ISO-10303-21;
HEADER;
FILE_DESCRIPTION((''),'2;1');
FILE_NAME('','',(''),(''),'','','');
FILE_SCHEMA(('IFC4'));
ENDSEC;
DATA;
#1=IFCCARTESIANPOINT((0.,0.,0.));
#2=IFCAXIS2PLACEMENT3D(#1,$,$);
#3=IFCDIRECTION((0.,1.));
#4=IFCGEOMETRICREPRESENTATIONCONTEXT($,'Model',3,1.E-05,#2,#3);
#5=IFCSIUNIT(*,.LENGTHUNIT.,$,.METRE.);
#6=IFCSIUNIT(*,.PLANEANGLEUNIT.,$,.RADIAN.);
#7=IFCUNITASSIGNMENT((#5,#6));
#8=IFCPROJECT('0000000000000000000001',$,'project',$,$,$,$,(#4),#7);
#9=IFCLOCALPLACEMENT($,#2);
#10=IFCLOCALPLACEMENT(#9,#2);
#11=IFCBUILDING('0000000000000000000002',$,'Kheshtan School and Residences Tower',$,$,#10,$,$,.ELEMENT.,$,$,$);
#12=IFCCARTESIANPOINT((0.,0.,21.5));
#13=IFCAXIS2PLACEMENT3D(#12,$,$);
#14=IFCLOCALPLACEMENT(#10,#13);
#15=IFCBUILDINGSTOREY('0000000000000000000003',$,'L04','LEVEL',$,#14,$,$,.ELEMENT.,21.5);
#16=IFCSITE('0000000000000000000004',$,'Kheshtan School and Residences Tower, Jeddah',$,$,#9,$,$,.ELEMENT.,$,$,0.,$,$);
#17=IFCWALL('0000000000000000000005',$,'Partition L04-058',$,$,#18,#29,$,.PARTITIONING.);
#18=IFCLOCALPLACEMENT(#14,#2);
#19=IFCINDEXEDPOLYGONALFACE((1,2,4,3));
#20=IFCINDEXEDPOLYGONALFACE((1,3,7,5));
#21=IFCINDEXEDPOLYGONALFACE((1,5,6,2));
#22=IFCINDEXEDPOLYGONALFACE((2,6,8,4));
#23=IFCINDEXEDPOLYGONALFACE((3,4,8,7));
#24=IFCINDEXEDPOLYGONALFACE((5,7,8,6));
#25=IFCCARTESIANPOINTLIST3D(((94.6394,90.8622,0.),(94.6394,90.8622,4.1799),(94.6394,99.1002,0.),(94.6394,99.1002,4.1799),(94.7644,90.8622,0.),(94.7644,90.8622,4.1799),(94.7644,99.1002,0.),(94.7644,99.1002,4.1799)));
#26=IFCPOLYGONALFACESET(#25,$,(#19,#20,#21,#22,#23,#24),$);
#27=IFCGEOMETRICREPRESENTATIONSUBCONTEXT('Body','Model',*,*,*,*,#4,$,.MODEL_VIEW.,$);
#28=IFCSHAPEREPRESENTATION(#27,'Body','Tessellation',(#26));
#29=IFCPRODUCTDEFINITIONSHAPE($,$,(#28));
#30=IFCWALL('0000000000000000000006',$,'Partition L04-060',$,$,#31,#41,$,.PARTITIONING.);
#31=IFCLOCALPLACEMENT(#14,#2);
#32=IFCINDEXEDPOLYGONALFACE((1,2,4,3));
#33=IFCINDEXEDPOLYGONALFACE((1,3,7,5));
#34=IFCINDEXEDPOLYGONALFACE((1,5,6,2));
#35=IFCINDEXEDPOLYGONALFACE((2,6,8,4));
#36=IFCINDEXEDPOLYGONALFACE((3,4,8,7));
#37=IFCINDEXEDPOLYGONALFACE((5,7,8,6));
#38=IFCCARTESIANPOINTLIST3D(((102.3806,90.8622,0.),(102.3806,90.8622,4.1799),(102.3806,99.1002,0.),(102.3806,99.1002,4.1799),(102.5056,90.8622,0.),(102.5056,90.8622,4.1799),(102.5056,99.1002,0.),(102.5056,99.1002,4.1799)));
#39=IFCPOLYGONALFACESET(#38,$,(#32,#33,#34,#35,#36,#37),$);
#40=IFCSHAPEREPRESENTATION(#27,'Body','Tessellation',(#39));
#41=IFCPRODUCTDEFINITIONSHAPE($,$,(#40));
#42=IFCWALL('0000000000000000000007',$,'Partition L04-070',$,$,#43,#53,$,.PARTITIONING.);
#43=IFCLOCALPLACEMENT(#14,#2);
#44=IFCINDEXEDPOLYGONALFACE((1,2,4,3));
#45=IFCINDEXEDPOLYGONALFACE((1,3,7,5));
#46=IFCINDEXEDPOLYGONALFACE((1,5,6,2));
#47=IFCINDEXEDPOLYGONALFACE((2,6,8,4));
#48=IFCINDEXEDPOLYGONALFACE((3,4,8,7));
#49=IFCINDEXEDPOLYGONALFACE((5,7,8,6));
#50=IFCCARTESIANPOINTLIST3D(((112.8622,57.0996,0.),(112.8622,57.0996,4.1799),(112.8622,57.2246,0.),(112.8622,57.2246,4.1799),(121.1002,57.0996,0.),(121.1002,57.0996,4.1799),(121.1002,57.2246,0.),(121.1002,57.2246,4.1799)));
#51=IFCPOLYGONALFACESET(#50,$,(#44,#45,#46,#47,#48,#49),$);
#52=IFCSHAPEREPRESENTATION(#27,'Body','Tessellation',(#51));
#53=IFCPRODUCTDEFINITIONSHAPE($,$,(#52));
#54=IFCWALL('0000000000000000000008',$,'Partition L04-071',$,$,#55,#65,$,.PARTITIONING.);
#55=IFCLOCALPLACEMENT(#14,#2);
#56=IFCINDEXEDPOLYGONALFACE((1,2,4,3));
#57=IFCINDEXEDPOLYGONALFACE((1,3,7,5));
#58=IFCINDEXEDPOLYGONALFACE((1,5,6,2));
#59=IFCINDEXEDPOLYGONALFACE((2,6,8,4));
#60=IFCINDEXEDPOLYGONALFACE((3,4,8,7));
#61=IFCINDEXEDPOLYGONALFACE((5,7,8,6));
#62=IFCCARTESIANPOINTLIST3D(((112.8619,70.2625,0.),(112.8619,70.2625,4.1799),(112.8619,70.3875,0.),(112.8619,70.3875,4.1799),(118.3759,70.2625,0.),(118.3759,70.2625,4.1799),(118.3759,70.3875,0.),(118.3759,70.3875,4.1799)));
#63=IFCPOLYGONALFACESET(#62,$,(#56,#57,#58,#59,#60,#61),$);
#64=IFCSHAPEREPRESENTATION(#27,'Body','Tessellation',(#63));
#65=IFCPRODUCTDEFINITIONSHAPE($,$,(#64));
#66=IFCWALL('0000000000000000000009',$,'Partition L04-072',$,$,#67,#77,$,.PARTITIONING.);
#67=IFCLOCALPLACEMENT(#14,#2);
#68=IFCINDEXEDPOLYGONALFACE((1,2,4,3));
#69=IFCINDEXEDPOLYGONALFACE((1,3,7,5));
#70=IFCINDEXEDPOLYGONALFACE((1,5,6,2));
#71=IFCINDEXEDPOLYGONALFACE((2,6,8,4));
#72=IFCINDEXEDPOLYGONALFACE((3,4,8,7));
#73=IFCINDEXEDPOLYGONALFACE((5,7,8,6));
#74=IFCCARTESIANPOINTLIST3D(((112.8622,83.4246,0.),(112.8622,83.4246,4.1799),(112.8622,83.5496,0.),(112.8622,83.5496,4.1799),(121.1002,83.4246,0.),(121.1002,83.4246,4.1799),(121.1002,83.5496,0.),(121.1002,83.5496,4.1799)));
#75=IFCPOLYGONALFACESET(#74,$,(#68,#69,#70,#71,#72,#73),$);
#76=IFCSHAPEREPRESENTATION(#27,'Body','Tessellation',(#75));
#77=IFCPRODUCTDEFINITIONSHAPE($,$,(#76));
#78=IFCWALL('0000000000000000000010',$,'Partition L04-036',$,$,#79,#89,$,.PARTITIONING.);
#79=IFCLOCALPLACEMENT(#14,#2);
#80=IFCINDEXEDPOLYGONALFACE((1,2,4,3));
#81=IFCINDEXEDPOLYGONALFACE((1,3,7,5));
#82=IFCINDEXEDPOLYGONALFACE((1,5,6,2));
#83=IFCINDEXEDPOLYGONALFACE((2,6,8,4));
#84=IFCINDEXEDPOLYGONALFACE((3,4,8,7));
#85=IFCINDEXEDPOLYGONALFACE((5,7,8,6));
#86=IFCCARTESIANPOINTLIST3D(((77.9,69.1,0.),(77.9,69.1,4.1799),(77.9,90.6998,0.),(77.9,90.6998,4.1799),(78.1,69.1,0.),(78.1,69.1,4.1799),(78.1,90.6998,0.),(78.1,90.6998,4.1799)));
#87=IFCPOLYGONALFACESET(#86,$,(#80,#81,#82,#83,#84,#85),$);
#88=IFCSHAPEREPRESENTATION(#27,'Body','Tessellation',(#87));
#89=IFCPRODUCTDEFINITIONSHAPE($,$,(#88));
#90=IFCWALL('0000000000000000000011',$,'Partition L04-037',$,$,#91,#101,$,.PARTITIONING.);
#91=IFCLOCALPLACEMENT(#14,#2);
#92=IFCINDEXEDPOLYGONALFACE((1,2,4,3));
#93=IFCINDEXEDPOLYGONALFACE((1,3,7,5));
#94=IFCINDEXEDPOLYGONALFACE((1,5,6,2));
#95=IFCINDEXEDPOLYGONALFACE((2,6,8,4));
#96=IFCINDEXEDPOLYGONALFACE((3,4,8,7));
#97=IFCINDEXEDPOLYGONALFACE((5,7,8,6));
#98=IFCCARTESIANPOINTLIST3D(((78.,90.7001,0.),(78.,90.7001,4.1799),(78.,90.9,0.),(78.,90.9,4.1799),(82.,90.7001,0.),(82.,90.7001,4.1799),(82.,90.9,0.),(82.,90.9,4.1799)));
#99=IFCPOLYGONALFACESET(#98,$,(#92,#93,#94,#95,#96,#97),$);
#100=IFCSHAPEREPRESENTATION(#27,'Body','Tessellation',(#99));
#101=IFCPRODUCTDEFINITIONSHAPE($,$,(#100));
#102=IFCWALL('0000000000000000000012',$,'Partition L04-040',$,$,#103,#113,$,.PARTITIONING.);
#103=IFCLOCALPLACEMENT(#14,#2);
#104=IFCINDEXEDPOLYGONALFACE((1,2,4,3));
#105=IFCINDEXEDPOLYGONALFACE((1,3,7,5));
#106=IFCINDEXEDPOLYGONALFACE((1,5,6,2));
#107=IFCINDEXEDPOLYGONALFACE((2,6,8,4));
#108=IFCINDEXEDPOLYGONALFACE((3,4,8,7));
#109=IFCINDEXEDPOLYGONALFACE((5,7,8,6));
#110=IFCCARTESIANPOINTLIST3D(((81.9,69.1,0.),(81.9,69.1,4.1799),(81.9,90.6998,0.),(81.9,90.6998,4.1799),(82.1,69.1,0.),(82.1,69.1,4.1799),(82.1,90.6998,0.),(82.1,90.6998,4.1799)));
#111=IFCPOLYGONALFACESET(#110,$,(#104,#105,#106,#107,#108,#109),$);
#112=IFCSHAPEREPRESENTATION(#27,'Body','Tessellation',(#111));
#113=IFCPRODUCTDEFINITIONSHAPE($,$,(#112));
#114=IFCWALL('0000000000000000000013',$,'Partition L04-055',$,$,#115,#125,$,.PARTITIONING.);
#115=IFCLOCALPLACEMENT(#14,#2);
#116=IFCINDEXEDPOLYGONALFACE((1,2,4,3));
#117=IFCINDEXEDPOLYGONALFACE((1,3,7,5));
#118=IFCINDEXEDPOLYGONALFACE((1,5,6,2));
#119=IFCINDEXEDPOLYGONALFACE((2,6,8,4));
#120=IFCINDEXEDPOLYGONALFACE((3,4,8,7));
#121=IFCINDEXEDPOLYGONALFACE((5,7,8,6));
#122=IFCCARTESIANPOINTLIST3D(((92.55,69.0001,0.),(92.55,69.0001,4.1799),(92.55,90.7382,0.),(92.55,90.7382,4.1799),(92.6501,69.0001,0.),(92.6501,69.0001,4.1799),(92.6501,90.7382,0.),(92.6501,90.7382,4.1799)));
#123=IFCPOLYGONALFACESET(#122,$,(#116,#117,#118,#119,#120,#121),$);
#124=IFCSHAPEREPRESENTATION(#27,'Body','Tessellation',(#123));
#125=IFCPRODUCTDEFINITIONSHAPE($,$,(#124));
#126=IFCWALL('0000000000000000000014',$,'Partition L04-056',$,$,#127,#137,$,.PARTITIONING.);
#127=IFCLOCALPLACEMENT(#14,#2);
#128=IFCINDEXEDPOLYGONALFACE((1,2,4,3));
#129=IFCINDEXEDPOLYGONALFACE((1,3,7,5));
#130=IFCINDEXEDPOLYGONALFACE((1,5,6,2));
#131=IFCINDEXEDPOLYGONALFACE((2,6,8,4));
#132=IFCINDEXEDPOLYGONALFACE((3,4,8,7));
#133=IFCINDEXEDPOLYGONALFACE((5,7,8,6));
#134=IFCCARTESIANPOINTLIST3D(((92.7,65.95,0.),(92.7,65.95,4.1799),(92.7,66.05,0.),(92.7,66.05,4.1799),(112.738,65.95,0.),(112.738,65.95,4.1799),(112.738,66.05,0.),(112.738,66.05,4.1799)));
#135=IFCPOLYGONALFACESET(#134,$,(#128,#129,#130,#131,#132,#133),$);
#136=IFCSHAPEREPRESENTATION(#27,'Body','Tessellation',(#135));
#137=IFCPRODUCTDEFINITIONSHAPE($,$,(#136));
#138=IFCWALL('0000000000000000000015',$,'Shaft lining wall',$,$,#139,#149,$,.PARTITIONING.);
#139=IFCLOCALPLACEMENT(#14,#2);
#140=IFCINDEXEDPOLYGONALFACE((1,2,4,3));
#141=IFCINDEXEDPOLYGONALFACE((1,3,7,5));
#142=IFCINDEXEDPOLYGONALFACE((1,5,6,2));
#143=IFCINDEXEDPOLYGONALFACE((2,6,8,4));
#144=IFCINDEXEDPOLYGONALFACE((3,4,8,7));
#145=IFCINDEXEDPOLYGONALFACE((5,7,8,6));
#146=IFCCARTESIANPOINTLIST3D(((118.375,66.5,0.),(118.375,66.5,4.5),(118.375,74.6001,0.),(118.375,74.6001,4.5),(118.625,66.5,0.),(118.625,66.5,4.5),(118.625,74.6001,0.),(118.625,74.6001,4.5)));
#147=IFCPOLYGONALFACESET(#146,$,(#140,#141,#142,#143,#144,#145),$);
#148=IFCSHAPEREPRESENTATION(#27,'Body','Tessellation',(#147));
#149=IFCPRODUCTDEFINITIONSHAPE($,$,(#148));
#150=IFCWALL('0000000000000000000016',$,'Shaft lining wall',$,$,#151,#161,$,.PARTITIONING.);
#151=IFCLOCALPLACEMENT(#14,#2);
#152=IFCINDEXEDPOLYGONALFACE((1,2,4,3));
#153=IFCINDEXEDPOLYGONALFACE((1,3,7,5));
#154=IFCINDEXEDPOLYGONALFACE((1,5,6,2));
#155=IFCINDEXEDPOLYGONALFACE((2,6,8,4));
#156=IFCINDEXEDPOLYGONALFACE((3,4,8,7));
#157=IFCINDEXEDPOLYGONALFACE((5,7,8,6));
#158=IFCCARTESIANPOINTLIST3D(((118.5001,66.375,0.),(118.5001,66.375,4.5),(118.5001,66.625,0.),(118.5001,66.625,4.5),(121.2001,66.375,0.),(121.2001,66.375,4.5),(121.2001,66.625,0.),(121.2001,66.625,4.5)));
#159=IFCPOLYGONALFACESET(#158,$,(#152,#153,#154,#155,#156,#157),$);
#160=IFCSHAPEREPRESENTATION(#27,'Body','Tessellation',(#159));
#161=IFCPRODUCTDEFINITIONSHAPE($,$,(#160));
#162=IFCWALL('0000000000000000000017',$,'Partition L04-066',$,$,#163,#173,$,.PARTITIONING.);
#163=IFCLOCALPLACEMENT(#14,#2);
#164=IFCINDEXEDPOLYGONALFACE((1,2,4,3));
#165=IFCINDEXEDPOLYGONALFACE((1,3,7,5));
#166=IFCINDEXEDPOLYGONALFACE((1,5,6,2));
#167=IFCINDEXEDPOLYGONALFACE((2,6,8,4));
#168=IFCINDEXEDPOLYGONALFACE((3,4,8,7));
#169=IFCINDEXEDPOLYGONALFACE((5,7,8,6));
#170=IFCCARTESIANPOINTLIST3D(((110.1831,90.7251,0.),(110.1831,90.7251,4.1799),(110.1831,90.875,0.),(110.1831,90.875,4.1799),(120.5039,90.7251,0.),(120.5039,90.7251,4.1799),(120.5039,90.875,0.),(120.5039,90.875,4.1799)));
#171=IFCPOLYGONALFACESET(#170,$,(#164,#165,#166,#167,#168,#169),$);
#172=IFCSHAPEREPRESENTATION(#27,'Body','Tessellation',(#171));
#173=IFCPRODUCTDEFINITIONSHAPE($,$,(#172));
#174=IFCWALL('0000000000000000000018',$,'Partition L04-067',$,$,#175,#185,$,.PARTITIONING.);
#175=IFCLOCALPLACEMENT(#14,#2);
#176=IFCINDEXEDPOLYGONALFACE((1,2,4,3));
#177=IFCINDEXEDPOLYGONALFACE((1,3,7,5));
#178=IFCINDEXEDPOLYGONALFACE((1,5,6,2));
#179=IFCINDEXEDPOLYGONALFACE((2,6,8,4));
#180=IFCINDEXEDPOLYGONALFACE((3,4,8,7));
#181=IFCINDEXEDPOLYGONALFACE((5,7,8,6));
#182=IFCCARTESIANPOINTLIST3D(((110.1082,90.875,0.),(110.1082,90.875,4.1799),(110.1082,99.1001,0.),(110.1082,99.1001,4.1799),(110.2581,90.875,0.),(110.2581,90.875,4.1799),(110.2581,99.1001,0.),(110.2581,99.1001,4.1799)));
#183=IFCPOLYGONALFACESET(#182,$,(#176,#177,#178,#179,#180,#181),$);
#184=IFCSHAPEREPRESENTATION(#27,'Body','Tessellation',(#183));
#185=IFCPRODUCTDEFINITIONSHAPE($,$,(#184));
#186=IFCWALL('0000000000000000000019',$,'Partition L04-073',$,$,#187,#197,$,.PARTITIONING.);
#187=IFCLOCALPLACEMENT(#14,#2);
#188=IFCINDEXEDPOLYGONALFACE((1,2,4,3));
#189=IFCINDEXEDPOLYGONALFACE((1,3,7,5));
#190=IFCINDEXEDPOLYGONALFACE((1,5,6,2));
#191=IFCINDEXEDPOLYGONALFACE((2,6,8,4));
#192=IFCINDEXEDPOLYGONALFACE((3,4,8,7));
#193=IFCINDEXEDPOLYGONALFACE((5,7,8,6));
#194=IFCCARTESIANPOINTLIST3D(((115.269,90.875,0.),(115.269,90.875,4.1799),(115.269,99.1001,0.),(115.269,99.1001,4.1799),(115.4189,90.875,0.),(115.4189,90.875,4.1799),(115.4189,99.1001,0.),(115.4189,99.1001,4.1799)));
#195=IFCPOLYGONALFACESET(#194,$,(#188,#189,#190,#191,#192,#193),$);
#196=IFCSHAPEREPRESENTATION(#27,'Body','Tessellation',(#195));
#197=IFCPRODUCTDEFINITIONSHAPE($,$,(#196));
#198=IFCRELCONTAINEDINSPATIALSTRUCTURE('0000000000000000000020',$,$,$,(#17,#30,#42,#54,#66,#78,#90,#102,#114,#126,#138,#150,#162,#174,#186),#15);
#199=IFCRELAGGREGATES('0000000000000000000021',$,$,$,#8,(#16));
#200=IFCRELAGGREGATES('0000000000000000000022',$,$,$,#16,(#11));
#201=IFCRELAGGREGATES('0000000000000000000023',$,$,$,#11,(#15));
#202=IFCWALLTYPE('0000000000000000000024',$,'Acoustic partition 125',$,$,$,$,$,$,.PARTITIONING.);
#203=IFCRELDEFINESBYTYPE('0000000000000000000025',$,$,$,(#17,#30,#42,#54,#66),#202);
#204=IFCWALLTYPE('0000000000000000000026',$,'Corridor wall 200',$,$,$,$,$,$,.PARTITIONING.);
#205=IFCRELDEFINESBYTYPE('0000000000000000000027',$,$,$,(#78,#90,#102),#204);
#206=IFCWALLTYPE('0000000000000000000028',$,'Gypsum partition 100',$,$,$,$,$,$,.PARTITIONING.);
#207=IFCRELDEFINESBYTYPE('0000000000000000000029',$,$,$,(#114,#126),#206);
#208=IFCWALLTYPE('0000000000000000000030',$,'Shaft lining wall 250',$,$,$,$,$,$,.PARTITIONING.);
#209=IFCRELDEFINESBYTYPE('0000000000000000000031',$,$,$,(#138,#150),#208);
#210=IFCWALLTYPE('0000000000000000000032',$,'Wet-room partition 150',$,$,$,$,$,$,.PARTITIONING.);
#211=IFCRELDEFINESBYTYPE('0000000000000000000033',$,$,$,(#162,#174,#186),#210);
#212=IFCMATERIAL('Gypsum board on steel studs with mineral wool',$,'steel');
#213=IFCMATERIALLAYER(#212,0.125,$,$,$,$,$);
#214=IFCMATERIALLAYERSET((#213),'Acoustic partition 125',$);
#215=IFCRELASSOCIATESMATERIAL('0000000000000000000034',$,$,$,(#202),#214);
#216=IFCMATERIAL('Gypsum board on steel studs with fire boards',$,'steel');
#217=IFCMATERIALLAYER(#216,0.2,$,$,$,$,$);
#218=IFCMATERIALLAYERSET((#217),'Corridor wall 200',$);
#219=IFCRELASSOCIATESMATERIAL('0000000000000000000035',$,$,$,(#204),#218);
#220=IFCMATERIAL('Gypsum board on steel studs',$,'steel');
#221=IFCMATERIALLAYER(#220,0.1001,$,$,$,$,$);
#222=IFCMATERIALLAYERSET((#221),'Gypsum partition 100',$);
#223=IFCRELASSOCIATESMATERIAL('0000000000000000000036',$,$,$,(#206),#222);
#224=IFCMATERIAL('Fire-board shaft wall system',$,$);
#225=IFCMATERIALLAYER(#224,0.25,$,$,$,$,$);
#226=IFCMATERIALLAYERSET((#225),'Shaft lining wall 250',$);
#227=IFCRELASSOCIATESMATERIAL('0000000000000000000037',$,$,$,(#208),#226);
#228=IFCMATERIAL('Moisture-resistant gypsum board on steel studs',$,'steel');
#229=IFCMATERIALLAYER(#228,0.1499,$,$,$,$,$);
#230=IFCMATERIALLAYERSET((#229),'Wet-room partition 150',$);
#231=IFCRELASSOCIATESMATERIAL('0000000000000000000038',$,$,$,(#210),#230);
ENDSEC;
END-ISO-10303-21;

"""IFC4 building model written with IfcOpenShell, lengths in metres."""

from ifc_helpers import new_model, si_unit, direction, frame, frame_2d, origin, place, context, subcontext, project, spatial, rectangle, extrude, material, layer, layer_set, type_object, element, save


model = new_model("IFC4")

# Units and contexts
model_context = context("Model", 3, precision=1e-05, world=origin(), true_north=direction((0.0, 1.0)))
body_context = subcontext(model_context, "Body", "Model", "MODEL_VIEW")
ifc_project = project(units=[si_unit("LENGTHUNIT", "METRE"), si_unit("PLANEANGLEUNIT", "RADIAN")], contexts=[model_context])

# Site, building, storey
site_placement = place(None, origin())
site = spatial("IfcSite", under=ifc_project, at=site_placement, Name="Kheshtan School and Residences Tower, Jeddah", CompositionType="ELEMENT", RefElevation=0.0)
building_placement = place(site_placement, origin())
building = spatial("IfcBuilding", under=site, at=building_placement, Name="Kheshtan School and Residences Tower", CompositionType="ELEMENT")
storey_placement = place(building_placement, frame((0.0, 0.0, 21.5)))
storey = spatial("IfcBuildingStorey", under=building, at=storey_placement, Name="L04", Description="LEVEL", CompositionType="ELEMENT", Elevation=21.5)

# Walls
ifc_material_1 = material(Name="Gypsum board on steel studs with mineral wool", Category="steel")
ifc_layer_1 = layer(ifc_material_1, 0.125)
ifc_layer_set_1 = layer_set([ifc_layer_1], Name="Acoustic partition 125")
wall_type_1 = type_object("IfcWallType", Name="Acoustic partition 125", PredefinedType="PARTITIONING", material=ifc_layer_set_1)
for number, where, z_axis, x_axis, name in (
    (1, (94.7019, 90.8621, 0.0), (0.0, 0.0, 1.0), (0.0, 1.0, 0.0), "Partition L04-058"),
    (2, (102.4431, 90.8621, 0.0), (0.0, 0.0, 1.0), (0.0, 1.0, 0.0), "Partition L04-060"),
    (3, (112.8621, 57.1621, 0.0), (0.0, 0.0, 1.0), (1.0, 0.0, 0.0), "Partition L04-070"),
):
    element("IfcWall", number, at=place(storey_placement, frame(where, z_axis=z_axis, x_axis=x_axis)), inside=storey, type_object=wall_type_1, Name=name, PredefinedType="PARTITIONING", context=body_context, shape_type="SweptSolid", body=[
        extrude(rectangle(XDim=8.238, YDim=0.125, at=frame_2d((4.1191, 0.0))), origin(), (0.0, 0.0, 1.0), 4.1799),
    ])
wall_1_placement = place(storey_placement, frame((112.8621, 70.325, 0.0), z_axis=(0.0, 0.0, 1.0), x_axis=(1.0, 0.0, 0.0)))
element("IfcWall", 4, at=wall_1_placement, inside=storey, type_object=wall_type_1, Name="Partition L04-071", PredefinedType="PARTITIONING", context=body_context, shape_type="SweptSolid", body=[
    extrude(rectangle(XDim=5.5139, YDim=0.125, at=frame_2d((2.7568, 0.0))), origin(), (0.0, 0.0, 1.0), 4.1799),
])
wall_2_placement = place(storey_placement, frame((112.8621, 83.4871, 0.0), z_axis=(0.0, 0.0, 1.0), x_axis=(1.0, 0.0, 0.0)))
element("IfcWall", 5, at=wall_2_placement, inside=storey, type_object=wall_type_1, Name="Partition L04-072", PredefinedType="PARTITIONING", context=body_context, shape_type="SweptSolid", body=[
    extrude(rectangle(XDim=8.238, YDim=0.125, at=frame_2d((4.1191, 0.0))), origin(), (0.0, 0.0, 1.0), 4.1799),
])
ifc_material_2 = material(Name="Gypsum board on steel studs with fire boards", Category="steel")
ifc_layer_2 = layer(ifc_material_2, 0.2)
ifc_layer_set_2 = layer_set([ifc_layer_2], Name="Corridor wall 200")
wall_type_2 = type_object("IfcWallType", Name="Corridor wall 200", PredefinedType="PARTITIONING", material=ifc_layer_set_2)
wall_3_placement = place(storey_placement, frame((78.0, 69.1001, 0.0), z_axis=(0.0, 0.0, 1.0), x_axis=(0.0, 1.0, 0.0)))
element("IfcWall", 6, at=wall_3_placement, inside=storey, type_object=wall_type_2, Name="Partition L04-036", PredefinedType="PARTITIONING", context=body_context, shape_type="SweptSolid", body=[
    extrude(rectangle(XDim=21.5999, YDim=0.2, at=frame_2d((10.7998, 0.0))), origin(), (0.0, 0.0, 1.0), 4.1799),
])
wall_4_placement = place(storey_placement, frame((78.0, 90.8, 0.0), z_axis=(0.0, 0.0, 1.0), x_axis=(1.0, 0.0, 0.0)))
element("IfcWall", 7, at=wall_4_placement, inside=storey, type_object=wall_type_2, Name="Partition L04-037", PredefinedType="PARTITIONING", context=body_context, shape_type="SweptSolid", body=[
    extrude(rectangle(XDim=4.0, YDim=0.2, at=frame_2d((2.0, 0.0))), origin(), (0.0, 0.0, 1.0), 4.1799),
])
wall_5_placement = place(storey_placement, frame((82.0, 69.1001, 0.0), z_axis=(0.0, 0.0, 1.0), x_axis=(0.0, 1.0, 0.0)))
element("IfcWall", 8, at=wall_5_placement, inside=storey, type_object=wall_type_2, Name="Partition L04-040", PredefinedType="PARTITIONING", context=body_context, shape_type="SweptSolid", body=[
    extrude(rectangle(XDim=21.5999, YDim=0.2, at=frame_2d((10.7998, 0.0))), origin(), (0.0, 0.0, 1.0), 4.1799),
])
ifc_material_3 = material(Name="Gypsum board on steel studs", Category="steel")
ifc_layer_3 = layer(ifc_material_3, 0.1001)
ifc_layer_set_3 = layer_set([ifc_layer_3], Name="Gypsum partition 100")
wall_type_3 = type_object("IfcWallType", Name="Gypsum partition 100", PredefinedType="PARTITIONING", material=ifc_layer_set_3)
wall_6_placement = place(storey_placement, frame((92.6001, 69.0, 0.0), z_axis=(0.0, 0.0, 1.0), x_axis=(0.0, 1.0, 0.0)))
element("IfcWall", 9, at=wall_6_placement, inside=storey, type_object=wall_type_3, Name="Partition L04-055", PredefinedType="PARTITIONING", context=body_context, shape_type="SweptSolid", body=[
    extrude(rectangle(XDim=21.738, YDim=0.1001, at=frame_2d((10.8691, 0.0))), origin(), (0.0, 0.0, 1.0), 4.1799),
])
wall_7_placement = place(storey_placement, frame((92.7, 66.0, 0.0), z_axis=(0.0, 0.0, 1.0), x_axis=(1.0, 0.0, 0.0)))
element("IfcWall", 10, at=wall_7_placement, inside=storey, type_object=wall_type_3, Name="Partition L04-056", PredefinedType="PARTITIONING", context=body_context, shape_type="SweptSolid", body=[
    extrude(rectangle(XDim=20.0381, YDim=0.1001, at=frame_2d((10.019, 0.0))), origin(), (0.0, 0.0, 1.0), 4.1799),
])
ifc_material_4 = material(Name="Fire-board shaft wall system")
ifc_layer_4 = layer(ifc_material_4, 0.25)
ifc_layer_set_4 = layer_set([ifc_layer_4], Name="Shaft lining wall 250")
wall_type_4 = type_object("IfcWallType", Name="Shaft lining wall 250", PredefinedType="PARTITIONING", material=ifc_layer_set_4)
wall_8_placement = place(storey_placement, frame((118.5, 66.5, 0.0), z_axis=(0.0, 0.0, 1.0), x_axis=(0.0, 1.0, 0.0)))
element("IfcWall", 11, at=wall_8_placement, inside=storey, type_object=wall_type_4, Name="Shaft lining wall", PredefinedType="PARTITIONING", context=body_context, shape_type="SweptSolid", body=[
    extrude(rectangle(XDim=8.1001, YDim=0.25, at=frame_2d((4.05, 0.0))), origin(), (0.0, 0.0, 1.0), 4.5),
])
wall_9_placement = place(storey_placement, frame((118.5, 66.5, 0.0), z_axis=(0.0, 0.0, 1.0), x_axis=(1.0, 0.0, 0.0)))
element("IfcWall", 12, at=wall_9_placement, inside=storey, type_object=wall_type_4, Name="Shaft lining wall", PredefinedType="PARTITIONING", context=body_context, shape_type="SweptSolid", body=[
    extrude(rectangle(XDim=2.7, YDim=0.25, at=frame_2d((1.3501, 0.0))), origin(), (0.0, 0.0, 1.0), 4.5),
])
ifc_material_5 = material(Name="Moisture-resistant gypsum board on steel studs", Category="steel")
ifc_layer_5 = layer(ifc_material_5, 0.1499)
ifc_layer_set_5 = layer_set([ifc_layer_5], Name="Wet-room partition 150")
wall_type_5 = type_object("IfcWallType", Name="Wet-room partition 150", PredefinedType="PARTITIONING", material=ifc_layer_set_5)
wall_10_placement = place(storey_placement, frame((110.1831, 90.8, 0.0), z_axis=(0.0, 0.0, 1.0), x_axis=(1.0, 0.0, 0.0)))
element("IfcWall", 13, at=wall_10_placement, inside=storey, type_object=wall_type_5, Name="Partition L04-066", PredefinedType="PARTITIONING", context=body_context, shape_type="SweptSolid", body=[
    extrude(rectangle(XDim=10.3208, YDim=0.1499, at=frame_2d((5.1604, 0.0))), origin(), (0.0, 0.0, 1.0), 4.1799),
])
for number, where, z_axis, x_axis, name in (
    (14, (110.1831, 90.875, 0.0), (0.0, 0.0, 1.0), (0.0, 1.0, 0.0), "Partition L04-067"),
    (15, (115.344, 90.875, 0.0), (0.0, 0.0, 1.0), (0.0, 1.0, 0.0), "Partition L04-073"),
):
    element("IfcWall", number, at=place(storey_placement, frame(where, z_axis=z_axis, x_axis=x_axis)), inside=storey, type_object=wall_type_5, Name=name, PredefinedType="PARTITIONING", context=body_context, shape_type="SweptSolid", body=[
        extrude(rectangle(XDim=8.2251, YDim=0.1499, at=frame_2d((4.1125, 0.0))), origin(), (0.0, 0.0, 1.0), 4.1799),
    ])

save(model, "model.ifc")
